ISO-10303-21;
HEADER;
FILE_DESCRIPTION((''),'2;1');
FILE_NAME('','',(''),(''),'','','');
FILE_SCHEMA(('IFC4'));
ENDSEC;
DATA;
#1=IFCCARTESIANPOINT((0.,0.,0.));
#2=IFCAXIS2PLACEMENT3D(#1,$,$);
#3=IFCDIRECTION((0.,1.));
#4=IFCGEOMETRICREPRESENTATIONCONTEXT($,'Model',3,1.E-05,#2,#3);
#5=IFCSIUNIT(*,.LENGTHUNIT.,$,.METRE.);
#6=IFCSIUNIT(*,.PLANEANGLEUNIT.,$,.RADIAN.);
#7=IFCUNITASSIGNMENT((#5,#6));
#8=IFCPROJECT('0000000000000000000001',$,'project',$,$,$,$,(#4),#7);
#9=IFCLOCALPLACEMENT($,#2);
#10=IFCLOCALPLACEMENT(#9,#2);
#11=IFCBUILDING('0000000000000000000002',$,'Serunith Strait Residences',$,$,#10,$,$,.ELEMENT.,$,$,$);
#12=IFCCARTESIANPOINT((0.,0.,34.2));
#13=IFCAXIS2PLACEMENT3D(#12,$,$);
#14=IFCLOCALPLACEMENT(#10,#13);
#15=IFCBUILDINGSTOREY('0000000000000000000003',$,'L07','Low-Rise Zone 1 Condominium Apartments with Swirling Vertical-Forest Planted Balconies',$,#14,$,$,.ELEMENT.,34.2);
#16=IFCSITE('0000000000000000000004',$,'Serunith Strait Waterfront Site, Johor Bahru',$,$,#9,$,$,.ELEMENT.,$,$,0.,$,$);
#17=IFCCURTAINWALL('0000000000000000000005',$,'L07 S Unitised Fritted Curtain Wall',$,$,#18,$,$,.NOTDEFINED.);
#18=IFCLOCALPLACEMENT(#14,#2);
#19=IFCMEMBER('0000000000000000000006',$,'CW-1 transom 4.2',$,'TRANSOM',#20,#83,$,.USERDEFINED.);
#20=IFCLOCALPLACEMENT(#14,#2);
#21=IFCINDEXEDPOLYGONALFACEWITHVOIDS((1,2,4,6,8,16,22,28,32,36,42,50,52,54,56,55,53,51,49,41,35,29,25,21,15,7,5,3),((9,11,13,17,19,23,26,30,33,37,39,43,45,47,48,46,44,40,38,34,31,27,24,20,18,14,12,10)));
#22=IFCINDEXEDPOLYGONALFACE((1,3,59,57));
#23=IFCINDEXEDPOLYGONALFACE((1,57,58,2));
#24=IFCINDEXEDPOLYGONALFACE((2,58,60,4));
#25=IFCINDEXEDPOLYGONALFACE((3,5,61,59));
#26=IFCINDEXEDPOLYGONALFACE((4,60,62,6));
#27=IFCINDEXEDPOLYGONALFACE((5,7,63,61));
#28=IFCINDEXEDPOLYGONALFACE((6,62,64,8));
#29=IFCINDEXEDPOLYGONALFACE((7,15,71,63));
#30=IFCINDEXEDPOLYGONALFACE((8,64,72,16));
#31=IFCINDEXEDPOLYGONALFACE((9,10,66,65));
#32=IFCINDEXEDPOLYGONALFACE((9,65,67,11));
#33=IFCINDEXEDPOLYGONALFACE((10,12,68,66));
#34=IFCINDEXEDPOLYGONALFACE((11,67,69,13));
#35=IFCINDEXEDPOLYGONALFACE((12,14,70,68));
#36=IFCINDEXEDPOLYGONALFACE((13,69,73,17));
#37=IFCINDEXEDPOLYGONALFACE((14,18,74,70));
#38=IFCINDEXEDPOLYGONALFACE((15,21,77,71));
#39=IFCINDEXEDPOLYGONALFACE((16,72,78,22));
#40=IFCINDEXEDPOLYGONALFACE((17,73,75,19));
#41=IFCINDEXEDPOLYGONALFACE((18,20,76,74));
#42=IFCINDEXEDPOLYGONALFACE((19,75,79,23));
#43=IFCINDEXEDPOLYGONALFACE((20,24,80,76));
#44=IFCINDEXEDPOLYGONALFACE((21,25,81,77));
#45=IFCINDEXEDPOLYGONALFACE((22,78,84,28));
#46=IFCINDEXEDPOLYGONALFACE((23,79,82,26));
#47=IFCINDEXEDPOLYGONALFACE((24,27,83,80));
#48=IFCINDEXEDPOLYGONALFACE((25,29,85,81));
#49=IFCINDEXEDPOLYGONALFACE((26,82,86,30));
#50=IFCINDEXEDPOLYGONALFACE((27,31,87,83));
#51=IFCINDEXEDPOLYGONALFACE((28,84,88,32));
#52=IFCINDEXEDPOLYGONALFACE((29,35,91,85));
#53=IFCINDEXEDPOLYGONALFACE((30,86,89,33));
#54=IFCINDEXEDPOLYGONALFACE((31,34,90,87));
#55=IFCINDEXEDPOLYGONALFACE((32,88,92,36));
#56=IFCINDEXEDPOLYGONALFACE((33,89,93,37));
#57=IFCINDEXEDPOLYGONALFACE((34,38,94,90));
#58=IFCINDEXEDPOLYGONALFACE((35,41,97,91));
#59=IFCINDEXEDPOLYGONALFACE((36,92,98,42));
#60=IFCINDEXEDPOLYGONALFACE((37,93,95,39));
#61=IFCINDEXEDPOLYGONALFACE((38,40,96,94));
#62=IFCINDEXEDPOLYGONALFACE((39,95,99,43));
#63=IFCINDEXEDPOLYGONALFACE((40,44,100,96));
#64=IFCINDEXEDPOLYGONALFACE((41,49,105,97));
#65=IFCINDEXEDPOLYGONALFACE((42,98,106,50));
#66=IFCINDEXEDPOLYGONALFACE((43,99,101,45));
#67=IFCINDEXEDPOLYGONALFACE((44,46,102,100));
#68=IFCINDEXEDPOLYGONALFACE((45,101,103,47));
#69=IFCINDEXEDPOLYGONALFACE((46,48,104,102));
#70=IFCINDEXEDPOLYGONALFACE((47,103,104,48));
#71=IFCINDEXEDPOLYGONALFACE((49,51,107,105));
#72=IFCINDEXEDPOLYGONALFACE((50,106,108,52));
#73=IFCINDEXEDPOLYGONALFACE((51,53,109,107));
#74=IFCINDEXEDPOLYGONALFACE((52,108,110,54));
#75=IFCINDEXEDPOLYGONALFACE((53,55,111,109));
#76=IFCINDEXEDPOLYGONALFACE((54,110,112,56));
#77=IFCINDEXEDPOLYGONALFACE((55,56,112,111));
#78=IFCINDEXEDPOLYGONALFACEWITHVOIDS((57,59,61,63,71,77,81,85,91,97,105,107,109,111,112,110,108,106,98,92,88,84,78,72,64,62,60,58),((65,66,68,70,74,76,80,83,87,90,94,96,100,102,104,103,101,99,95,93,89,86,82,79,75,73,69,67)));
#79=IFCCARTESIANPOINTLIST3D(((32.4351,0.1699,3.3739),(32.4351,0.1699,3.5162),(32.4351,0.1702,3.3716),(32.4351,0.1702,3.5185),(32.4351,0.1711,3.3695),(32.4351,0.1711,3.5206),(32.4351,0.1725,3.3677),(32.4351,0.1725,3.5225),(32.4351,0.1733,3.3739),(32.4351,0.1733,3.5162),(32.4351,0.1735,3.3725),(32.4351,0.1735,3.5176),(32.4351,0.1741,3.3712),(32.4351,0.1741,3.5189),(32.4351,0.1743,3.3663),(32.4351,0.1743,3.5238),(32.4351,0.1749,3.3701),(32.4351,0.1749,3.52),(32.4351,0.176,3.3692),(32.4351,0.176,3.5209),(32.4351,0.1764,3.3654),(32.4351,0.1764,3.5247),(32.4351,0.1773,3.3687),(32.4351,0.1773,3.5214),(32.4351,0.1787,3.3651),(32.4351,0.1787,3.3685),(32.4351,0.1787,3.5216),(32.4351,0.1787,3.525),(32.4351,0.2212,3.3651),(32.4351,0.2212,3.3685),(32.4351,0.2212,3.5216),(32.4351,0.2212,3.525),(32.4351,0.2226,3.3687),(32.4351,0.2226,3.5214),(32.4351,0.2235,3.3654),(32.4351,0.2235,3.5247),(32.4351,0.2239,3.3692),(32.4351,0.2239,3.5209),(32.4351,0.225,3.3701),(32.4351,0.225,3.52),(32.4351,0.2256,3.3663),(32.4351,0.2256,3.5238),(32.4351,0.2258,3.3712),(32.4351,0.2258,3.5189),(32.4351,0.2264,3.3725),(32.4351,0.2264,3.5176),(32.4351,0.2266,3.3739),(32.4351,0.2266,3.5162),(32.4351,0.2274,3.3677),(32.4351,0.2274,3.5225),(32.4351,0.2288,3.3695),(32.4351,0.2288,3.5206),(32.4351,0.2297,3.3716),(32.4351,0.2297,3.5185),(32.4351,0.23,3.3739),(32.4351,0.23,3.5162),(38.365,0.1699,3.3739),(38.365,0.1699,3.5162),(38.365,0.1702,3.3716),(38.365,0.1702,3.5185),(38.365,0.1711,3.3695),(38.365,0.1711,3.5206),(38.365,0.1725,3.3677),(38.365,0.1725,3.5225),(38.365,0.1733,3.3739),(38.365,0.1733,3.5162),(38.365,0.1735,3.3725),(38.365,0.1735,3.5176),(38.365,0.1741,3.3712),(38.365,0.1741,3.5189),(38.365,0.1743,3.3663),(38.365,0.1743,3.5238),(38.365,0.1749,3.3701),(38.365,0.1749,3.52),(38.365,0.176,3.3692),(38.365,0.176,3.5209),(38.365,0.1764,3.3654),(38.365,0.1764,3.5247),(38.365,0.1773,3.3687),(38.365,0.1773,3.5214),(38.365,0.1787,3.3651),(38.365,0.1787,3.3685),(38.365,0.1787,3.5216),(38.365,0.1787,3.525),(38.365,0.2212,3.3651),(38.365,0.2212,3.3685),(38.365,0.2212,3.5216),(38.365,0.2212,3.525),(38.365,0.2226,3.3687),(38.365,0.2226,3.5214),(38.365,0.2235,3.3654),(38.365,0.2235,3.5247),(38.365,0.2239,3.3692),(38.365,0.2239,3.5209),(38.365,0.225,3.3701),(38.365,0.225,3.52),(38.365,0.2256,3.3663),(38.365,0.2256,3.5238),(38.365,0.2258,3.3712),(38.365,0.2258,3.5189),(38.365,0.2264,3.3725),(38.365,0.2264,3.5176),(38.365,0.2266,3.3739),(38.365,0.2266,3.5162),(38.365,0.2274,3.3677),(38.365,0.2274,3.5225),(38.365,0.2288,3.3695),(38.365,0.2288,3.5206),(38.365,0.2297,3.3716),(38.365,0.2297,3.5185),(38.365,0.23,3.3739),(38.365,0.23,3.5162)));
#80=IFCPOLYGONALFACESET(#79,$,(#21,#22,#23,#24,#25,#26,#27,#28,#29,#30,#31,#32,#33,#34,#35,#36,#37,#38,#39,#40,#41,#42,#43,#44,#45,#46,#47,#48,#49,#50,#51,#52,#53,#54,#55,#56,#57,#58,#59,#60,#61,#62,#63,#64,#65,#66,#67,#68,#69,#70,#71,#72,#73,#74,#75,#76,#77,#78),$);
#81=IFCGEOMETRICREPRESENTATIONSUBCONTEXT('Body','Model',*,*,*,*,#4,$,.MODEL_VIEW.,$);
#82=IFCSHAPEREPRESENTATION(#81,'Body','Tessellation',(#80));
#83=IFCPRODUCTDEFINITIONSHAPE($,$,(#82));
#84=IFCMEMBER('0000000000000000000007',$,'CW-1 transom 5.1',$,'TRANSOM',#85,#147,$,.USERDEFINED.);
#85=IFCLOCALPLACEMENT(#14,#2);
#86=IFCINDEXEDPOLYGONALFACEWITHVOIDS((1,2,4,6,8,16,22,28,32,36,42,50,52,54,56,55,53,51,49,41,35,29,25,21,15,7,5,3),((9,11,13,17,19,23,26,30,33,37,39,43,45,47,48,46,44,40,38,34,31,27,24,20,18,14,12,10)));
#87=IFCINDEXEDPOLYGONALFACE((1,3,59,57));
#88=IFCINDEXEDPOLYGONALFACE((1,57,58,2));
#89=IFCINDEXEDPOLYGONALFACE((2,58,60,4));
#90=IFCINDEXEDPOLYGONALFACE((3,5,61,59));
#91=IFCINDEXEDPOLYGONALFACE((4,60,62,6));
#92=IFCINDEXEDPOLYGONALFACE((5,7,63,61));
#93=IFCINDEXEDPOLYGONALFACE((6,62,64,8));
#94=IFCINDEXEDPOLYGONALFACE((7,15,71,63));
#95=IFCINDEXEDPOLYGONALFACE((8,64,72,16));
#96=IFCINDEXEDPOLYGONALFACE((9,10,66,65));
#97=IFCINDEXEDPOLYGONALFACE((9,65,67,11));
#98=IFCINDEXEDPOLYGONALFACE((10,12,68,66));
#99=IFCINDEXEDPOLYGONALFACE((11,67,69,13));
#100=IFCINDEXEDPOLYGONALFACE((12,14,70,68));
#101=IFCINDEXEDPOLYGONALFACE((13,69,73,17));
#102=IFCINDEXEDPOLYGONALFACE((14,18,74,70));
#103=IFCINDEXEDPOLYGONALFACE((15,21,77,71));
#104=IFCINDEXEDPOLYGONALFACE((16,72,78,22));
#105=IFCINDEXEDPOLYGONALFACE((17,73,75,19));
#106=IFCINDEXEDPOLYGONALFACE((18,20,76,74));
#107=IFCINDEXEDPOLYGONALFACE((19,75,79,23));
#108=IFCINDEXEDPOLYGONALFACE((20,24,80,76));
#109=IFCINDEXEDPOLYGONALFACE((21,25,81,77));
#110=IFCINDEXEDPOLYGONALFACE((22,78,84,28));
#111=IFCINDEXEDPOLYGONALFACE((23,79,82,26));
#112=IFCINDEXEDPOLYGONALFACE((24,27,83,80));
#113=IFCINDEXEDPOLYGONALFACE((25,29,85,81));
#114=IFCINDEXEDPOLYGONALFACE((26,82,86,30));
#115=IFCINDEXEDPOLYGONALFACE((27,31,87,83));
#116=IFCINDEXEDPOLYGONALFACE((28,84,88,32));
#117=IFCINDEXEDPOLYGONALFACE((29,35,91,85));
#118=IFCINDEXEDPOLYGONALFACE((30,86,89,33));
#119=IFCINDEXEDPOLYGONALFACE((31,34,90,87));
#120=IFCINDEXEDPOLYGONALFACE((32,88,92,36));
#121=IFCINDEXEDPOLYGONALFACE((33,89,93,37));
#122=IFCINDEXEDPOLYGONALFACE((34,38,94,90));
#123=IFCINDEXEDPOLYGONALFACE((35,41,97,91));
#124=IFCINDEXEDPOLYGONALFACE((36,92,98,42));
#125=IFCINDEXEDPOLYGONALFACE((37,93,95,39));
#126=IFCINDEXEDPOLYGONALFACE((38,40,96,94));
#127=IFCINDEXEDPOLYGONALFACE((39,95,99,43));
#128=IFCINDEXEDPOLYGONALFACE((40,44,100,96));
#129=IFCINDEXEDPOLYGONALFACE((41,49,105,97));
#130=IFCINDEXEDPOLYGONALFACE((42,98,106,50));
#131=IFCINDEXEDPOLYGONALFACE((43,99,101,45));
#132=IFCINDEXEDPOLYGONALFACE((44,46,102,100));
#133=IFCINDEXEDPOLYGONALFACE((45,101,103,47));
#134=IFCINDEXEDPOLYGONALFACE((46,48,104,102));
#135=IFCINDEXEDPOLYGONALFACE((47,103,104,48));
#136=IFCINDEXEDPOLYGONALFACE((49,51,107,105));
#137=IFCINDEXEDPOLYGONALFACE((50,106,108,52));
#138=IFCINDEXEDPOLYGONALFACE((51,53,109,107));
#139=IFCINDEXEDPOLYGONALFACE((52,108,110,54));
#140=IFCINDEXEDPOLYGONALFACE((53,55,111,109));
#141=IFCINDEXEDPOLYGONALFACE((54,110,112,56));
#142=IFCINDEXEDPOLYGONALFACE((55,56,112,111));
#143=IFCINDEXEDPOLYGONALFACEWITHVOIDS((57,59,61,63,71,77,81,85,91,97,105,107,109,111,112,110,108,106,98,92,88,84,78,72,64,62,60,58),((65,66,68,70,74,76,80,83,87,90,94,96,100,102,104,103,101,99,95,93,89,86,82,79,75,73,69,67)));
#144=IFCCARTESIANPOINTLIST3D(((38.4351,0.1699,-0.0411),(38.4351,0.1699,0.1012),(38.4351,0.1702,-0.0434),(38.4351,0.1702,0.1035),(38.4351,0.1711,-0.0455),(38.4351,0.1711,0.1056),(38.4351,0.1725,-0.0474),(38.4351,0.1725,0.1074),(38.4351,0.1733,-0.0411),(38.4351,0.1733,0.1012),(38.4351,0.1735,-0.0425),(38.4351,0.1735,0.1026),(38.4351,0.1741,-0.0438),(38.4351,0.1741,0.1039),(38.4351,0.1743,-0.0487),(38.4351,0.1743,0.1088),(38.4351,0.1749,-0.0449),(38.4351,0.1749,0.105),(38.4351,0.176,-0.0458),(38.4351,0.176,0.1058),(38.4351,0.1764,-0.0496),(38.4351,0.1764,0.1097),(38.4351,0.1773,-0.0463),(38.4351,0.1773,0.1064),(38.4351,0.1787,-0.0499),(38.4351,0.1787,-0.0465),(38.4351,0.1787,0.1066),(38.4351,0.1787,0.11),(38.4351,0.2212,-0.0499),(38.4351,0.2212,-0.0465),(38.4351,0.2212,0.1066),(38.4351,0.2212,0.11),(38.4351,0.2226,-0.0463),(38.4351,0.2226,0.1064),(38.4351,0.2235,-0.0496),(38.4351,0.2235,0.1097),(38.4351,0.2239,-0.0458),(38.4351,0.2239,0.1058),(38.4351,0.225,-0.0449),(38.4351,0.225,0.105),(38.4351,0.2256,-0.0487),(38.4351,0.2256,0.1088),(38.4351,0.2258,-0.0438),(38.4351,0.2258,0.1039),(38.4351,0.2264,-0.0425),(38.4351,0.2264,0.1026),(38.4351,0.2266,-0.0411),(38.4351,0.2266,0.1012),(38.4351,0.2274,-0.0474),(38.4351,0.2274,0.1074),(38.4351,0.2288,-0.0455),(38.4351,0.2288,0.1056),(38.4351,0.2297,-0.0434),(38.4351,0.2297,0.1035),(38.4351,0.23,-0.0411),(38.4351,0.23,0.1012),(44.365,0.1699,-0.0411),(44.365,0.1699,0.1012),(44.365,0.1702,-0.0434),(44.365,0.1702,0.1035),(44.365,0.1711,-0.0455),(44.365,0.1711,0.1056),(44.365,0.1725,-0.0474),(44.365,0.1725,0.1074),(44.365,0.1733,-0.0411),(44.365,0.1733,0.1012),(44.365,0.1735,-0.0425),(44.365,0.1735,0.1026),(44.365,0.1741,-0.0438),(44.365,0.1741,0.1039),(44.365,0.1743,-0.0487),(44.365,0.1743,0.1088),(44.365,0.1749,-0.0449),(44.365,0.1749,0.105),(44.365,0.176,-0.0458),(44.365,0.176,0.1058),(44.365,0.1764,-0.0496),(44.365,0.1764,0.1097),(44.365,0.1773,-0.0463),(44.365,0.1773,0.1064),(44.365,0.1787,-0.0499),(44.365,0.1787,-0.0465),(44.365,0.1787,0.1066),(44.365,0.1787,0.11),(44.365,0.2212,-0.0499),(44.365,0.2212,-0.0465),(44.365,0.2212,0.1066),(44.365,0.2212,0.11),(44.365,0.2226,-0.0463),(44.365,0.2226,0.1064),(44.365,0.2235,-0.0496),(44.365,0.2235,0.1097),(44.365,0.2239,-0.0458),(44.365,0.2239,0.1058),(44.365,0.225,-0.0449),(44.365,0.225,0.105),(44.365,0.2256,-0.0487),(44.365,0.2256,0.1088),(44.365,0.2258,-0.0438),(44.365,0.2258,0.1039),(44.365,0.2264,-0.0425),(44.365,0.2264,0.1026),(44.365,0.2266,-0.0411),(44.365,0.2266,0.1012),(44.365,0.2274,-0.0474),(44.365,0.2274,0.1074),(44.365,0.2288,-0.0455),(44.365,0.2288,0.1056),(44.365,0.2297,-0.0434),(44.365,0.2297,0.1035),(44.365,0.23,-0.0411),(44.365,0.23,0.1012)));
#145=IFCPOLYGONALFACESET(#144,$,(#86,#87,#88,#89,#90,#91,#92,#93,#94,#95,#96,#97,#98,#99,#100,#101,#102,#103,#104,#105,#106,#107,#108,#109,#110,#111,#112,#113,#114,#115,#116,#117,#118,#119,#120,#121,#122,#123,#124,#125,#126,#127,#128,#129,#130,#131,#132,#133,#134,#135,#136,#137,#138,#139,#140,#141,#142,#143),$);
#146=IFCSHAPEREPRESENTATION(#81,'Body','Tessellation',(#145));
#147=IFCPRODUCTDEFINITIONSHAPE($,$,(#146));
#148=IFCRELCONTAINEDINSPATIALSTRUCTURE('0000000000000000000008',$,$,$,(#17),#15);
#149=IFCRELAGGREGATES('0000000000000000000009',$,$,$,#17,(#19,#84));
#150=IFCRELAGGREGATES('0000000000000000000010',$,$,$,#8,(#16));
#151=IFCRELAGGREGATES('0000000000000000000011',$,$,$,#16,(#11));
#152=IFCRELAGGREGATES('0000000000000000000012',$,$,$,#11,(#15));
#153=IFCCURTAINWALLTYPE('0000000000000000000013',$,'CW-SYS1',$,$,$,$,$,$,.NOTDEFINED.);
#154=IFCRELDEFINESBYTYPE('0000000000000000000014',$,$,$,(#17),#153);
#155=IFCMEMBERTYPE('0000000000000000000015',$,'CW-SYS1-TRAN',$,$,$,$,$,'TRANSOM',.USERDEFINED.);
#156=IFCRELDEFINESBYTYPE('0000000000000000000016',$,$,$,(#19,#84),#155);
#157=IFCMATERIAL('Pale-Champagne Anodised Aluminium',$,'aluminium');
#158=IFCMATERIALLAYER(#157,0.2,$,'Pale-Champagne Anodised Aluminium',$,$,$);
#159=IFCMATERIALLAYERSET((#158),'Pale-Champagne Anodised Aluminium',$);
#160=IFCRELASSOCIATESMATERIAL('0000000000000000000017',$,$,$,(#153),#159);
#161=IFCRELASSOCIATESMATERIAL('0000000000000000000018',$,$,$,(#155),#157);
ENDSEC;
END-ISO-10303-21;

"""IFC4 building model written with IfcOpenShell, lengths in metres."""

from ifc_helpers import new_model, si_unit, direction, frame, origin, origin_2d, place, context, subcontext, project, spatial, hollow_rectangle, extrude, source, transform, mapped, material, layer, layer_set, material_profile, profile_set, type_object, element, aggregate, save


model = new_model("IFC4")

# Units and contexts
model_context = context("Model", 3, precision=1e-05, world=origin(), true_north=direction((0.0, 1.0)))
body_context = subcontext(model_context, "Body", "Model", "MODEL_VIEW")
ifc_project = project(units=[si_unit("LENGTHUNIT", "METRE"), si_unit("PLANEANGLEUNIT", "RADIAN")], contexts=[model_context])

# Site, building, storey
site_placement = place(None, origin())
site = spatial("IfcSite", under=ifc_project, at=site_placement, Name="Serunith Strait Waterfront Site, Johor Bahru", CompositionType="ELEMENT", RefElevation=0.0)
building_placement = place(site_placement, origin())
building = spatial("IfcBuilding", under=site, at=building_placement, Name="Serunith Strait Residences", CompositionType="ELEMENT")
storey_placement = place(building_placement, frame((0.0, 0.0, 34.2)))
storey = spatial("IfcBuildingStorey", under=building, at=storey_placement, Name="L07", Description="Low-Rise Zone 1 Condominium Apartments with Swirling Vertical-Forest Planted Balconies", CompositionType="ELEMENT", Elevation=34.2)

# Curtain wall, members
ifc_material_1 = material(Name="Pale-Champagne Anodised Aluminium", Category="aluminium")
ifc_layer_1 = layer(ifc_material_1, 0.2, Name="Pale-Champagne Anodised Aluminium")
ifc_layer_set_1 = layer_set([ifc_layer_1], Name="Pale-Champagne Anodised Aluminium")
curtain_wall_type = type_object("IfcCurtainWallType", Name="CW-SYS1", PredefinedType="NOTDEFINED", material=ifc_layer_set_1)
curtain_wall_placement = place(storey_placement, origin())
curtain_wall = element("IfcCurtainWall", 1, at=curtain_wall_placement, inside=storey, type_object=curtain_wall_type, Name="L07 S Unitised Fritted Curtain Wall", PredefinedType="NOTDEFINED")
ifc_material_profile_1 = material_profile(ifc_material_1, hollow_rectangle(XDim=0.0601, YDim=0.1599, WallThickness=0.0034, InnerFilletRadius=0.0054, OuterFilletRadius=0.0088, at=origin_2d()), Name="ALU 160x60x3.5")
ifc_profile_set_1 = profile_set([ifc_material_profile_1], Name="Pale-Champagne Anodised Aluminium")
member_type_1 = type_object("IfcMemberType", Name="CW-SYS1-TRAN", ElementType="TRANSOM", PredefinedType="USERDEFINED", material=ifc_profile_set_1)
shared_shape_1 = source(origin(), body_context, "Body", "SweptSolid", [
    extrude(hollow_rectangle(XDim=0.0601, YDim=0.1599, WallThickness=0.0034, InnerFilletRadius=0.0054, OuterFilletRadius=0.0088, at=origin_2d()), origin(), (0.0, 0.0, 1.0), 5.9299),
])
member_1_placement = place(storey_placement, frame((32.4351, 0.2, 3.4451), z_axis=(1.0, 0.0, 0.0), x_axis=(0.0, 1.0, 0.0)))
member_1 = element("IfcMember", 2, at=member_1_placement, type_object=member_type_1, Name="CW-1 transom 4.2", ObjectType="TRANSOM", PredefinedType="USERDEFINED", context=body_context, shape_type="MappedRepresentation", body=[
    mapped(shared_shape_1, transform((0.0, 0.0, 0.0), scale=1.0)),
])
member_2_placement = place(storey_placement, frame((38.4351, 0.2, 0.03), z_axis=(1.0, 0.0, 0.0), x_axis=(0.0, 1.0, 0.0)))
member_2 = element("IfcMember", 3, at=member_2_placement, type_object=member_type_1, Name="CW-1 transom 5.1", ObjectType="TRANSOM", PredefinedType="USERDEFINED", context=body_context, shape_type="MappedRepresentation", body=[
    mapped(shared_shape_1, transform((0.0, 0.0, 0.0), scale=1.0)),
])
aggregate(curtain_wall, [member_1, member_2])

save(model, "model.ifc")
